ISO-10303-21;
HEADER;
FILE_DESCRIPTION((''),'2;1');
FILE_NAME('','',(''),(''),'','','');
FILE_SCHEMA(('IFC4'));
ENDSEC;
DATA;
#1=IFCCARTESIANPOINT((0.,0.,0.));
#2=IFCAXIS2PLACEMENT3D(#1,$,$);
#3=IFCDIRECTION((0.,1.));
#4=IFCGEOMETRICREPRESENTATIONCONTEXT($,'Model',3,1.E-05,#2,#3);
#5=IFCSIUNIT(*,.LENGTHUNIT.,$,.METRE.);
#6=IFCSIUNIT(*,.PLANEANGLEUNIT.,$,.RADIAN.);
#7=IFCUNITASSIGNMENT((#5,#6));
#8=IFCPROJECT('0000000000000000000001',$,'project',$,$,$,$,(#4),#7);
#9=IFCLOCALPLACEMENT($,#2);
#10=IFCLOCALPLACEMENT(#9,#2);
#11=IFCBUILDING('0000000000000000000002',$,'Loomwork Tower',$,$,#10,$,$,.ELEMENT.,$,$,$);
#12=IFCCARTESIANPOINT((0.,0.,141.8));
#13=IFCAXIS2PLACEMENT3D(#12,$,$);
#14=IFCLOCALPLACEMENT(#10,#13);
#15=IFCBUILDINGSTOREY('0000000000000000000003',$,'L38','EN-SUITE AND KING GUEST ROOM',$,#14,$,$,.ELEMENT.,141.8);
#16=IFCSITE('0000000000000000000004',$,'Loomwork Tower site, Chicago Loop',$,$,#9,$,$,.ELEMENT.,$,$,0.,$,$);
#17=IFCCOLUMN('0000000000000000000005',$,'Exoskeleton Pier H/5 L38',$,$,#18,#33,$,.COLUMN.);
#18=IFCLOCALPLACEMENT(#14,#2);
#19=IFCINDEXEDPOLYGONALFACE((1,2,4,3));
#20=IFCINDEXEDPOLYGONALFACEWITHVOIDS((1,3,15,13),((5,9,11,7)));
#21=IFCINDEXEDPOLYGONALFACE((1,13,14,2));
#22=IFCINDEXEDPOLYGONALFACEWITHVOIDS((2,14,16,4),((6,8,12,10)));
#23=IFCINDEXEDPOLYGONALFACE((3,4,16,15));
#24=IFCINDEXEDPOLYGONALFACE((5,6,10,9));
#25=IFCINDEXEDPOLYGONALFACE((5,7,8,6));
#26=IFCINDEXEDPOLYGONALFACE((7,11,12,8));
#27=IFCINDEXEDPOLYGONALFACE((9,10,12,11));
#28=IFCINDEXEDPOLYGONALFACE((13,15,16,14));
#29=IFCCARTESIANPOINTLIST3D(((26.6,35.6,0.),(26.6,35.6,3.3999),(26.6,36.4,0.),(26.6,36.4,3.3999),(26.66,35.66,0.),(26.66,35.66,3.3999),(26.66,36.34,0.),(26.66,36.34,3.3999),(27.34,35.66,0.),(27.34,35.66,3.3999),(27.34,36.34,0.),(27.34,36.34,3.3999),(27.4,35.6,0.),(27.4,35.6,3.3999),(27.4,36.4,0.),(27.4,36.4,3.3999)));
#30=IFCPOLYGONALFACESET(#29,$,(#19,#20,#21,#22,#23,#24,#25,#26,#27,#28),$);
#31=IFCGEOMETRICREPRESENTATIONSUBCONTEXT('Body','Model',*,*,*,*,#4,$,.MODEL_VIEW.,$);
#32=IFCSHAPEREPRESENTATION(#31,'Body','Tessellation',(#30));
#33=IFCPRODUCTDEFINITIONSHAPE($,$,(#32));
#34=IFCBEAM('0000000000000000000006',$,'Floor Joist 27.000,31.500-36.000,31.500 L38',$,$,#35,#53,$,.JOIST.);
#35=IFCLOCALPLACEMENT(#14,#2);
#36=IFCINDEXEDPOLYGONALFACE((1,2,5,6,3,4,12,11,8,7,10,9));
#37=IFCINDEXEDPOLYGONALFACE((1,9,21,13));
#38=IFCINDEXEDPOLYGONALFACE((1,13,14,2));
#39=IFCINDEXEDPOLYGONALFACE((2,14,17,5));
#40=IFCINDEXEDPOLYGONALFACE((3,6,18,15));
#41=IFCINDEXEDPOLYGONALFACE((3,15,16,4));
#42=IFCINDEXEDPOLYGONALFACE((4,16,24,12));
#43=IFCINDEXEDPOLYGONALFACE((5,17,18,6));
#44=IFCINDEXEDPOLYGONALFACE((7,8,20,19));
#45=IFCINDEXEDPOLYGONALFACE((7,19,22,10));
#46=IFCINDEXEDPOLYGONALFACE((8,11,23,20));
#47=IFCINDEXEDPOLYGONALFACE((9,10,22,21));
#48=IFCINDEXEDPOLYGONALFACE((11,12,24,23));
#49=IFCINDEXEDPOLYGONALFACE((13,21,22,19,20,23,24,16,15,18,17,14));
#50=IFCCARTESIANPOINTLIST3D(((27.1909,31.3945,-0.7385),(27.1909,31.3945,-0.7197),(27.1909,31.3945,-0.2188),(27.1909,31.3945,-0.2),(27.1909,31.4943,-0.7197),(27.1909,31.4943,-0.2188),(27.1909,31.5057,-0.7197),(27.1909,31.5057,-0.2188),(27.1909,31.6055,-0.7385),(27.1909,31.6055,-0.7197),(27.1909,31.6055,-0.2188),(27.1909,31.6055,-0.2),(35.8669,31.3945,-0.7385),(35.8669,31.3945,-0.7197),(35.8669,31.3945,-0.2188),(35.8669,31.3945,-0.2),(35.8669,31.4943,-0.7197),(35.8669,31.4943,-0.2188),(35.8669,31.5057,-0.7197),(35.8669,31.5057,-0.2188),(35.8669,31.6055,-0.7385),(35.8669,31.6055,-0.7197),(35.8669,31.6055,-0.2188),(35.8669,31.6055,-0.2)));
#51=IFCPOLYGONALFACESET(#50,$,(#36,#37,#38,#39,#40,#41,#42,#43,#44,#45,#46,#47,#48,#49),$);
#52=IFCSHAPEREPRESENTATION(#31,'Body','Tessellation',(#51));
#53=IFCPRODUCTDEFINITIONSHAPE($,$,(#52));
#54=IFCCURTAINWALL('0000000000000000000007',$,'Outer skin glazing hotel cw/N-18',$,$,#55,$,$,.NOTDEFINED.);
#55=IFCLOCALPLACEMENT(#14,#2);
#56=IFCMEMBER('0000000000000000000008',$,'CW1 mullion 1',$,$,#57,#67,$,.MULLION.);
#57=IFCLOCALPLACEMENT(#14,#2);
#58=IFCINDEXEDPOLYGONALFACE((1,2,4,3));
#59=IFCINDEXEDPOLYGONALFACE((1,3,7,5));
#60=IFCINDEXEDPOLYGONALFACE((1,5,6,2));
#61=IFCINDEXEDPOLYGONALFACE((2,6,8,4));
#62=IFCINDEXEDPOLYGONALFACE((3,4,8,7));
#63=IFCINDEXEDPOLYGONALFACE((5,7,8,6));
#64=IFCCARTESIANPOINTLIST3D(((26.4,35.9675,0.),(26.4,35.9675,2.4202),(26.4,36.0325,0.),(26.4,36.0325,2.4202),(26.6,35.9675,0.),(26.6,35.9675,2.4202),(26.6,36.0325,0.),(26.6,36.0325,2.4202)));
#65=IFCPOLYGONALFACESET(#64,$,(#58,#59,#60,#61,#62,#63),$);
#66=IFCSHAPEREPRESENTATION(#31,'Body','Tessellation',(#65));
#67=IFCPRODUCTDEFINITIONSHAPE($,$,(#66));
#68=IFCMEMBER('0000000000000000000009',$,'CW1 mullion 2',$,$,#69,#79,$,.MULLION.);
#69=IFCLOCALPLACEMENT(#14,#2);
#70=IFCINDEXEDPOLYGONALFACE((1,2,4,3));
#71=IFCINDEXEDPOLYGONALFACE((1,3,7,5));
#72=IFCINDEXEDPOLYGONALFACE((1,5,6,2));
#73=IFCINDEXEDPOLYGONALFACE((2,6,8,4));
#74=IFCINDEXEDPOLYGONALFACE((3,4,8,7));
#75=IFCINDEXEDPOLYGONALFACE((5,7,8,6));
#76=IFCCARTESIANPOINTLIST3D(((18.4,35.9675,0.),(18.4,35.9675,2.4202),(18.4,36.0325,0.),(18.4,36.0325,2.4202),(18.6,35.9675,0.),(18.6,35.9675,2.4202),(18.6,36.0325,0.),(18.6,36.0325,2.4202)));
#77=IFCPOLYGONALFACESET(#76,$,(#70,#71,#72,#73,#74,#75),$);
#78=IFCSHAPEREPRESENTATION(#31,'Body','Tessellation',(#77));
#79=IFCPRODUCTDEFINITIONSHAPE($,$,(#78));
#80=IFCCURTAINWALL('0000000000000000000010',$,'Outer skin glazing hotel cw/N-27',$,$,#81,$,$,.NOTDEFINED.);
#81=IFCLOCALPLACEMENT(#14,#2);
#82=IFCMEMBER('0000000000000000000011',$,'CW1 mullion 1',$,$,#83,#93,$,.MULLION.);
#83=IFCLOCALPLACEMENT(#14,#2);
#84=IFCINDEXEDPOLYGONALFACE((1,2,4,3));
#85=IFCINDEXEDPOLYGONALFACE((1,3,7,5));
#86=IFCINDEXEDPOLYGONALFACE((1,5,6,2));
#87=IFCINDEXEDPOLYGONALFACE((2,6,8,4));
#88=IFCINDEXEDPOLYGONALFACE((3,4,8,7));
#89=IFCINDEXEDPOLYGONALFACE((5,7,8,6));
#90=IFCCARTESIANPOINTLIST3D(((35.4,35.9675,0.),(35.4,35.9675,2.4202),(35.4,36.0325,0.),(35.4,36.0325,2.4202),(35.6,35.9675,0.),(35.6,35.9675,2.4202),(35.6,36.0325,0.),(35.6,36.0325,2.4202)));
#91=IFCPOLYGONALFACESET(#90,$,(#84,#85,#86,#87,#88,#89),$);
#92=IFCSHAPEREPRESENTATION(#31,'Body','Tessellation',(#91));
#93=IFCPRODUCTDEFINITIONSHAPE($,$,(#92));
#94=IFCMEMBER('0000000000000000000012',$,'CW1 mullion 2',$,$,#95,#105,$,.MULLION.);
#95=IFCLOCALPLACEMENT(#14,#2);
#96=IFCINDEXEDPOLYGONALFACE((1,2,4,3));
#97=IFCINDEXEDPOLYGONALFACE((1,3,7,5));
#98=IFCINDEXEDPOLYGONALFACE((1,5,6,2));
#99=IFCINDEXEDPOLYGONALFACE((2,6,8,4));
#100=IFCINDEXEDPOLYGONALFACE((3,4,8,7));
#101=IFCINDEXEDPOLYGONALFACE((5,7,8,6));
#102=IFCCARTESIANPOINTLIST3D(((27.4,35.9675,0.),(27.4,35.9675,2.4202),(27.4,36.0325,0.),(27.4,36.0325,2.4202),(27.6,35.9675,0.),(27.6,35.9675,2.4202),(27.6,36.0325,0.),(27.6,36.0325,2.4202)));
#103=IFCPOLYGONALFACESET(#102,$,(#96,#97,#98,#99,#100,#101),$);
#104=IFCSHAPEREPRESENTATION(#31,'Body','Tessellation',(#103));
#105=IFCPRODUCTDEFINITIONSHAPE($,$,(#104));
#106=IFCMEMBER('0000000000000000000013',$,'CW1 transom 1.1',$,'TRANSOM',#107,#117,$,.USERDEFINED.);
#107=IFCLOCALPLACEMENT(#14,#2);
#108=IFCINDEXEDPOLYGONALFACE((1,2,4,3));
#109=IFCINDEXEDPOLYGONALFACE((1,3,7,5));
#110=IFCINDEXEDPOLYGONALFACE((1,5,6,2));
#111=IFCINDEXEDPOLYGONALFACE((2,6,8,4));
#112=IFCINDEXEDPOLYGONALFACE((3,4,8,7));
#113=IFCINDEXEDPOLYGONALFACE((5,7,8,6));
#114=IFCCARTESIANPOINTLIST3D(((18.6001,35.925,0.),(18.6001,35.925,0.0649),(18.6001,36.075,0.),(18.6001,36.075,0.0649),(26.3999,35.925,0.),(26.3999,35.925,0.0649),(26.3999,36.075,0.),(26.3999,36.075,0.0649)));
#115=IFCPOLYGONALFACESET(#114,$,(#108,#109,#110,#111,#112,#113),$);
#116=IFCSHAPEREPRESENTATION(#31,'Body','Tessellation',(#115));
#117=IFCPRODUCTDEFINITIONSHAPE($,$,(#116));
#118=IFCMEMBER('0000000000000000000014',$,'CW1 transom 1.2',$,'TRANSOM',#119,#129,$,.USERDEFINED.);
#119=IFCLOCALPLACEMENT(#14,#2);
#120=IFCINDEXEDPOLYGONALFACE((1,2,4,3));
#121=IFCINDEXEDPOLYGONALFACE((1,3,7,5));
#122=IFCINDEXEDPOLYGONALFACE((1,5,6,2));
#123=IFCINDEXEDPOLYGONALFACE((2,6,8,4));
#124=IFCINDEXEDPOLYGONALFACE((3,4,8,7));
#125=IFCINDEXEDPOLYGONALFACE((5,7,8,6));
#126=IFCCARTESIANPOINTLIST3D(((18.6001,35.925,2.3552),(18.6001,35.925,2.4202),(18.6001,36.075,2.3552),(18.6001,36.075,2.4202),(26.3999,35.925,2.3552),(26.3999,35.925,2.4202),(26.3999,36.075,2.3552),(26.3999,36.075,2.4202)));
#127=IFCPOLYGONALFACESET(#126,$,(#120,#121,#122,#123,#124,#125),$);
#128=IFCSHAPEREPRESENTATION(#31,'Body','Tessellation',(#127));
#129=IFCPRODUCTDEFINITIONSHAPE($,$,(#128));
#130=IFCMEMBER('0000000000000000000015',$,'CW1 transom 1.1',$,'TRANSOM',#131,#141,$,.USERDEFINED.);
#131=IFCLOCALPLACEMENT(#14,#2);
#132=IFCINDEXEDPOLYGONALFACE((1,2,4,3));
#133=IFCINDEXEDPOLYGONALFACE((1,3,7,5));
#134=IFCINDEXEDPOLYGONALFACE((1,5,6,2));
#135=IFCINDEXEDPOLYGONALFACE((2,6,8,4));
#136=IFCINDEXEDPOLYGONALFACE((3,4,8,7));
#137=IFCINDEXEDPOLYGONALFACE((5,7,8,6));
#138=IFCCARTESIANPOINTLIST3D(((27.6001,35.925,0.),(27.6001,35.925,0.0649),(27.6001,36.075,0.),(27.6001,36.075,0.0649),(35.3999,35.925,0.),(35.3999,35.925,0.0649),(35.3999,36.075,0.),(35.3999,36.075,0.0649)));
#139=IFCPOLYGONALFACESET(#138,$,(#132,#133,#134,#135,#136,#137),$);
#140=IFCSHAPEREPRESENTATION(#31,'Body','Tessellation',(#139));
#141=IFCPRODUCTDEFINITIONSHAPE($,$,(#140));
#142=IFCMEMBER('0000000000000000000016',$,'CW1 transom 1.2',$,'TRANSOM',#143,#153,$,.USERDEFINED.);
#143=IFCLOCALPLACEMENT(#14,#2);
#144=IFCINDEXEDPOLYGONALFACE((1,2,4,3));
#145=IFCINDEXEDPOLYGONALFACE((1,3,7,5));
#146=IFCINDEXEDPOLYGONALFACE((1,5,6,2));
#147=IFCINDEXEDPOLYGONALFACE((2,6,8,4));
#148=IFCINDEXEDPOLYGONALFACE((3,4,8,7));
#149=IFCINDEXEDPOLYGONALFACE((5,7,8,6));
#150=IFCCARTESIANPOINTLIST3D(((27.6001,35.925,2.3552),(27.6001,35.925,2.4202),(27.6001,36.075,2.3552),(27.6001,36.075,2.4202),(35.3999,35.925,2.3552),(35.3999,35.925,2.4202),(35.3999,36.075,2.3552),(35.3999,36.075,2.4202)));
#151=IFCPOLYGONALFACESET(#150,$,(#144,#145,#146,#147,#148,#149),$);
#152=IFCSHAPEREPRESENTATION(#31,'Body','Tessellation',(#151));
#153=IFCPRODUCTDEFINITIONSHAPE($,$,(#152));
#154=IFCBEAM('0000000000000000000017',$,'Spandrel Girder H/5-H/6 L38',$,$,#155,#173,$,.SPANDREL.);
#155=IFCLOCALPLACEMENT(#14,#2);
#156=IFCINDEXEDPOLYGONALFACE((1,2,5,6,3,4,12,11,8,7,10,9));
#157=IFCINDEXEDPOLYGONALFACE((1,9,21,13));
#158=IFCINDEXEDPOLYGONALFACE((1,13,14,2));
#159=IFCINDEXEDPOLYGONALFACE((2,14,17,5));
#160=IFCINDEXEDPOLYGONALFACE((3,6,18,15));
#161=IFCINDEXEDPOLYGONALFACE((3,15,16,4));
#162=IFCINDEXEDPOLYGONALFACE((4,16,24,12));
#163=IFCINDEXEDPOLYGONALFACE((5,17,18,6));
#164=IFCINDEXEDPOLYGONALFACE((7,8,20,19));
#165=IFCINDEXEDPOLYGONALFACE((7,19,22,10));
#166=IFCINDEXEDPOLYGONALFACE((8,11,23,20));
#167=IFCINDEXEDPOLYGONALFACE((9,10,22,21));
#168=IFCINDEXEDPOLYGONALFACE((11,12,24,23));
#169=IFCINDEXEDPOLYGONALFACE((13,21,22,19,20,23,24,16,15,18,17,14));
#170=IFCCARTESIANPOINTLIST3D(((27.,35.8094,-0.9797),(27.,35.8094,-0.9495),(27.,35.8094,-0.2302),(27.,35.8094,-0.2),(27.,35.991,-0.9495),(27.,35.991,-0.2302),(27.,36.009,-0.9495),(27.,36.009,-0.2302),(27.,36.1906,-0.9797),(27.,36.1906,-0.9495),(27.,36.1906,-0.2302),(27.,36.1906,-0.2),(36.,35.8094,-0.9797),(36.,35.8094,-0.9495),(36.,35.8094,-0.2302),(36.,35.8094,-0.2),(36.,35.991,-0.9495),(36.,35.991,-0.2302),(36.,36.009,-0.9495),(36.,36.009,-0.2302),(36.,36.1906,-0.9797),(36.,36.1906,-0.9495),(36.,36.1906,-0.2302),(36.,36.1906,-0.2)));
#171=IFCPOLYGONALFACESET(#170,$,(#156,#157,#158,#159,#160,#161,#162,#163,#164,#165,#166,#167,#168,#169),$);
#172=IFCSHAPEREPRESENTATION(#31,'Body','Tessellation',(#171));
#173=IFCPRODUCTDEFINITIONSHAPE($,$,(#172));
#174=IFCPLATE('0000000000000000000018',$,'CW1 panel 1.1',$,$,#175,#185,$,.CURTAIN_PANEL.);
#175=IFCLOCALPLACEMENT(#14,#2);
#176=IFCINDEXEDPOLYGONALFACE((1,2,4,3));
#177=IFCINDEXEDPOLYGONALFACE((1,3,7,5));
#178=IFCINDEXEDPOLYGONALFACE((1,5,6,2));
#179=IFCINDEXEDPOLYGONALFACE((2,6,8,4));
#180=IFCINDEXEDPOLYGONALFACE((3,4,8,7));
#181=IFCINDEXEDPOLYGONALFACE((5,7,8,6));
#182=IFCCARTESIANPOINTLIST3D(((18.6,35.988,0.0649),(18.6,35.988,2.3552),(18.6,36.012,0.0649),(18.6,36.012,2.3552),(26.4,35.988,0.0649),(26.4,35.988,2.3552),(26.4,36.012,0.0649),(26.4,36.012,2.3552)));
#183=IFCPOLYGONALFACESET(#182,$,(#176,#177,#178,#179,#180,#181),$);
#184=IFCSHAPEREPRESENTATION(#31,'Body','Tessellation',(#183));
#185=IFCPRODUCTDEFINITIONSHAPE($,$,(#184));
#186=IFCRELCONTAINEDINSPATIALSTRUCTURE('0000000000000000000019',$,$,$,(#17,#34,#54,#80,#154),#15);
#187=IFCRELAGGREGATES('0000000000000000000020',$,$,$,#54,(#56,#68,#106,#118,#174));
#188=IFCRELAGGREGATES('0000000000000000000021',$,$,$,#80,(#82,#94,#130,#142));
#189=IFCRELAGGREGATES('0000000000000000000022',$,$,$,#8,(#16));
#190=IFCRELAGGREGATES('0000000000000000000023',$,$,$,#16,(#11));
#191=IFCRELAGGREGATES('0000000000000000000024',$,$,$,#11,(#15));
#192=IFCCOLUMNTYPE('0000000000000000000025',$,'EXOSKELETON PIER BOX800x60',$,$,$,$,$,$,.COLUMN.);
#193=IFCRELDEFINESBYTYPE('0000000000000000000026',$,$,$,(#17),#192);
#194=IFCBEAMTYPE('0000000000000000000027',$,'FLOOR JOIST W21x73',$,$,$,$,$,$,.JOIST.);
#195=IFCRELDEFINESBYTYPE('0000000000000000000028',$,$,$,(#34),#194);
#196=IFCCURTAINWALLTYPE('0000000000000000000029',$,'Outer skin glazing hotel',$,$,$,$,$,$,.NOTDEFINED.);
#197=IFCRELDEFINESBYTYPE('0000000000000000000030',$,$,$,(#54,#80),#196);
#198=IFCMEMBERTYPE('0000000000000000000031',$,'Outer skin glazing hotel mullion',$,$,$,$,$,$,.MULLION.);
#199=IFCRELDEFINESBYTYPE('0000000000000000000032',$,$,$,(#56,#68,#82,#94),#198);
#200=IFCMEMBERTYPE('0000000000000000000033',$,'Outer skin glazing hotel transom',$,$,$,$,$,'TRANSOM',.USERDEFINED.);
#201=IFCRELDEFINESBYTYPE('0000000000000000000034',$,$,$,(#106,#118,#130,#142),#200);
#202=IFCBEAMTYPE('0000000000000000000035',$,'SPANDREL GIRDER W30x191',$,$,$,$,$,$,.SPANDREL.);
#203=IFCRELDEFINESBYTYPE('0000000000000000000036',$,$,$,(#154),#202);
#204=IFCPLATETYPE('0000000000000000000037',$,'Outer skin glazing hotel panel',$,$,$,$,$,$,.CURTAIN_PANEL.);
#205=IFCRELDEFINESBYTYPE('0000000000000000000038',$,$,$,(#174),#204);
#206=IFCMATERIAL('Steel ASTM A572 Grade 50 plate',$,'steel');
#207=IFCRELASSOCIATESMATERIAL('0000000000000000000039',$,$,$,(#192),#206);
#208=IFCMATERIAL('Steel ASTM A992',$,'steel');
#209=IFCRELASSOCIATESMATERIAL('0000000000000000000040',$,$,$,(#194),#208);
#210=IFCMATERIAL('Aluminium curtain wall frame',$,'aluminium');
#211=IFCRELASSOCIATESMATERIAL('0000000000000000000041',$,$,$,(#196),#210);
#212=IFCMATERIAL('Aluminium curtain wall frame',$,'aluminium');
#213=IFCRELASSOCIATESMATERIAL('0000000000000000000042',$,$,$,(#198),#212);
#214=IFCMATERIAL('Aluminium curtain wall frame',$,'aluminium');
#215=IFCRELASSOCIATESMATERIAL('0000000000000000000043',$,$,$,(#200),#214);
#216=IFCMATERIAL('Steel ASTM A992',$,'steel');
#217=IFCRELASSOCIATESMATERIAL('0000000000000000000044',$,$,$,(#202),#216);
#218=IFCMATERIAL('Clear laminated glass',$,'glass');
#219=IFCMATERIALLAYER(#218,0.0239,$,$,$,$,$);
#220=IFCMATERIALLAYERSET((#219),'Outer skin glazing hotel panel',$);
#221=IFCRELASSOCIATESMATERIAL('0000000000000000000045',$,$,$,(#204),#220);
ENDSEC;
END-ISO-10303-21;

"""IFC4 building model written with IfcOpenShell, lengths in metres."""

from ifc_helpers import new_model, si_unit, direction, frame, origin, origin_2d, place, context, subcontext, project, spatial, rectangle, hollow_rectangle, i_section, extrude, material, layer, layer_set, material_profile, profile_set, type_object, element, aggregate, save


model = new_model("IFC4")

# Units and contexts
model_context = context("Model", 3, precision=1e-05, world=origin(), true_north=direction((0.0, 1.0)))
body_context = subcontext(model_context, "Body", "Model", "MODEL_VIEW")
ifc_project = project(units=[si_unit("LENGTHUNIT", "METRE"), si_unit("PLANEANGLEUNIT", "RADIAN")], contexts=[model_context])

# Site, building, storey
site_placement = place(None, origin())
site = spatial("IfcSite", under=ifc_project, at=site_placement, Name="Loomwork Tower site, Chicago Loop", CompositionType="ELEMENT", RefElevation=0.0)
building_placement = place(site_placement, origin())
building = spatial("IfcBuilding", under=site, at=building_placement, Name="Loomwork Tower", CompositionType="ELEMENT")
storey_placement = place(building_placement, frame((0.0, 0.0, 141.8)))
storey = spatial("IfcBuildingStorey", under=building, at=storey_placement, Name="L38", Description="EN-SUITE AND KING GUEST ROOM", CompositionType="ELEMENT", Elevation=141.8)

# Column
ifc_material_1 = material(Name="Steel ASTM A572 Grade 50 plate", Category="steel")
ifc_material_profile_1 = material_profile(ifc_material_1, hollow_rectangle(XDim=0.8, YDim=0.8, WallThickness=0.0601, at=origin_2d()), Name="BOX800x60")
ifc_profile_set_1 = profile_set([ifc_material_profile_1], Name="Steel ASTM A572 Grade 50 plate")
column_type = type_object("IfcColumnType", Name="EXOSKELETON PIER BOX800x60", PredefinedType="COLUMN", material=ifc_profile_set_1)
column_placement = place(storey_placement, frame((27.0, 36.0, 0.0), z_axis=(0.0, 0.0, 1.0), x_axis=(1.0, 0.0, 0.0)))
element("IfcColumn", 1, at=column_placement, inside=storey, type_object=column_type, Name="Exoskeleton Pier H/5 L38", PredefinedType="COLUMN", context=body_context, shape_type="SweptSolid", body=[
    extrude(hollow_rectangle(XDim=0.8, YDim=0.8, WallThickness=0.0601, at=origin_2d()), origin(), (0.0, 0.0, 1.0), 3.3999),
])

# Beam
ifc_material_2 = material(Name="Steel ASTM A992", Category="steel")
ifc_material_profile_2 = material_profile(ifc_material_2, i_section(OverallWidth=0.2109, OverallDepth=0.5386, WebThickness=0.0115, FlangeThickness=0.0188, at=origin_2d()), Name="W21x73")
ifc_profile_set_2 = profile_set([ifc_material_profile_2], Name="Steel ASTM A992")
beam_type_1 = type_object("IfcBeamType", Name="FLOOR JOIST W21x73", PredefinedType="JOIST", material=ifc_profile_set_2)
beam_1_placement = place(storey_placement, frame((27.1909, 31.5, -0.4692), z_axis=(1.0, 0.0, 0.0), x_axis=(0.0, 1.0, 0.0)))
element("IfcBeam", 2, at=beam_1_placement, inside=storey, type_object=beam_type_1, Name="Floor Joist 27.000,31.500-36.000,31.500 L38", PredefinedType="JOIST", context=body_context, shape_type="SweptSolid", body=[
    extrude(i_section(OverallWidth=0.2109, OverallDepth=0.5386, WebThickness=0.0115, FlangeThickness=0.0188, at=origin_2d()), origin(), (0.0, 0.0, 1.0), 8.676),
])

# Curtain walls, members
ifc_material_3 = material(Name="Aluminium curtain wall frame", Category="aluminium")
curtain_wall_type = type_object("IfcCurtainWallType", Name="Outer skin glazing hotel", PredefinedType="NOTDEFINED", material=ifc_material_3)
curtain_wall_1_placement = place(storey_placement, origin())
curtain_wall_1 = element("IfcCurtainWall", 3, at=curtain_wall_1_placement, inside=storey, type_object=curtain_wall_type, Name="Outer skin glazing hotel cw/N-18", PredefinedType="NOTDEFINED")
ifc_material_4 = material(Name="Aluminium curtain wall frame", Category="aluminium")
ifc_material_profile_3 = material_profile(ifc_material_4, rectangle(XDim=0.0649, YDim=0.2, at=origin_2d()), Name="AL 65x200")
ifc_profile_set_3 = profile_set([ifc_material_profile_3], Name="Aluminium curtain wall frame")
member_type_1 = type_object("IfcMemberType", Name="Outer skin glazing hotel mullion", PredefinedType="MULLION", material=ifc_profile_set_3)
member_1_placement = place(storey_placement, frame((26.5, 36.0, 0.0), z_axis=(0.0, 0.0, 1.0), x_axis=(0.0, -1.0, 0.0)))
member_1 = element("IfcMember", 4, at=member_1_placement, type_object=member_type_1, Name="CW1 mullion 1", PredefinedType="MULLION", context=body_context, shape_type="SweptSolid", body=[
    extrude(rectangle(XDim=0.0649, YDim=0.2, at=origin_2d()), origin(), (0.0, 0.0, 1.0), 2.4202),
])
member_2_placement = place(storey_placement, frame((18.5, 36.0, 0.0), z_axis=(0.0, 0.0, 1.0), x_axis=(0.0, -1.0, 0.0)))
member_2 = element("IfcMember", 5, at=member_2_placement, type_object=member_type_1, Name="CW1 mullion 2", PredefinedType="MULLION", context=body_context, shape_type="SweptSolid", body=[
    extrude(rectangle(XDim=0.0649, YDim=0.2, at=origin_2d()), origin(), (0.0, 0.0, 1.0), 2.4202),
])
curtain_wall_2_placement = place(storey_placement, origin())
curtain_wall_2 = element("IfcCurtainWall", 6, at=curtain_wall_2_placement, inside=storey, type_object=curtain_wall_type, Name="Outer skin glazing hotel cw/N-27", PredefinedType="NOTDEFINED")
member_3_placement = place(storey_placement, frame((35.5, 36.0, 0.0), z_axis=(0.0, 0.0, 1.0), x_axis=(0.0, -1.0, 0.0)))
member_3 = element("IfcMember", 7, at=member_3_placement, type_object=member_type_1, Name="CW1 mullion 1", PredefinedType="MULLION", context=body_context, shape_type="SweptSolid", body=[
    extrude(rectangle(XDim=0.0649, YDim=0.2, at=origin_2d()), origin(), (0.0, 0.0, 1.0), 2.4202),
])
member_4_placement = place(storey_placement, frame((27.5, 36.0, 0.0), z_axis=(0.0, 0.0, 1.0), x_axis=(0.0, -1.0, 0.0)))
member_4 = element("IfcMember", 8, at=member_4_placement, type_object=member_type_1, Name="CW1 mullion 2", PredefinedType="MULLION", context=body_context, shape_type="SweptSolid", body=[
    extrude(rectangle(XDim=0.0649, YDim=0.2, at=origin_2d()), origin(), (0.0, 0.0, 1.0), 2.4202),
])

# Members
ifc_material_5 = material(Name="Aluminium curtain wall frame", Category="aluminium")
ifc_material_profile_4 = material_profile(ifc_material_5, rectangle(XDim=0.1499, YDim=0.0649, at=origin_2d()), Name="AL 65x150")
ifc_profile_set_4 = profile_set([ifc_material_profile_4], Name="Aluminium curtain wall frame")
member_type_2 = type_object("IfcMemberType", Name="Outer skin glazing hotel transom", ElementType="TRANSOM", PredefinedType="USERDEFINED", material=ifc_profile_set_4)
member_5_placement = place(storey_placement, frame((26.3999, 36.0, 0.0325), z_axis=(-1.0, 0.0, 0.0), x_axis=(0.0, -1.0, 0.0)))
member_5 = element("IfcMember", 9, at=member_5_placement, type_object=member_type_2, Name="CW1 transom 1.1", ObjectType="TRANSOM", PredefinedType="USERDEFINED", context=body_context, shape_type="SweptSolid", body=[
    extrude(rectangle(XDim=0.1499, YDim=0.0649, at=origin_2d()), origin(), (0.0, 0.0, 1.0), 7.7998),
])
member_6_placement = place(storey_placement, frame((26.3999, 36.0, 2.3877), z_axis=(-1.0, 0.0, 0.0), x_axis=(0.0, -1.0, 0.0)))
member_6 = element("IfcMember", 10, at=member_6_placement, type_object=member_type_2, Name="CW1 transom 1.2", ObjectType="TRANSOM", PredefinedType="USERDEFINED", context=body_context, shape_type="SweptSolid", body=[
    extrude(rectangle(XDim=0.1499, YDim=0.0649, at=origin_2d()), origin(), (0.0, 0.0, 1.0), 7.7998),
])
member_7_placement = place(storey_placement, frame((35.3999, 36.0, 0.0325), z_axis=(-1.0, 0.0, 0.0), x_axis=(0.0, -1.0, 0.0)))
member_7 = element("IfcMember", 11, at=member_7_placement, type_object=member_type_2, Name="CW1 transom 1.1", ObjectType="TRANSOM", PredefinedType="USERDEFINED", context=body_context, shape_type="SweptSolid", body=[
    extrude(rectangle(XDim=0.1499, YDim=0.0649, at=origin_2d()), origin(), (0.0, 0.0, 1.0), 7.7998),
])
member_8_placement = place(storey_placement, frame((35.3999, 36.0, 2.3877), z_axis=(-1.0, 0.0, 0.0), x_axis=(0.0, -1.0, 0.0)))
member_8 = element("IfcMember", 12, at=member_8_placement, type_object=member_type_2, Name="CW1 transom 1.2", ObjectType="TRANSOM", PredefinedType="USERDEFINED", context=body_context, shape_type="SweptSolid", body=[
    extrude(rectangle(XDim=0.1499, YDim=0.0649, at=origin_2d()), origin(), (0.0, 0.0, 1.0), 7.7998),
])

# Beam
ifc_material_6 = material(Name="Steel ASTM A992", Category="steel")
ifc_material_profile_5 = material_profile(ifc_material_6, i_section(OverallWidth=0.3811, OverallDepth=0.7798, WebThickness=0.0181, FlangeThickness=0.0303, at=origin_2d()), Name="W30x191")
ifc_profile_set_5 = profile_set([ifc_material_profile_5], Name="Steel ASTM A992")
beam_type_2 = type_object("IfcBeamType", Name="SPANDREL GIRDER W30x191", PredefinedType="SPANDREL", material=ifc_profile_set_5)
beam_2_placement = place(storey_placement, frame((27.0, 36.0, -0.5898), z_axis=(1.0, 0.0, 0.0), x_axis=(0.0, 1.0, 0.0)))
element("IfcBeam", 13, at=beam_2_placement, inside=storey, type_object=beam_type_2, Name="Spandrel Girder H/5-H/6 L38", PredefinedType="SPANDREL", context=body_context, shape_type="SweptSolid", body=[
    extrude(i_section(OverallWidth=0.3811, OverallDepth=0.7798, WebThickness=0.0181, FlangeThickness=0.0303, at=origin_2d()), origin(), (0.0, 0.0, 1.0), 9.0),
])

# Plate
ifc_material_7 = material(Name="Clear laminated glass", Category="glass")
ifc_layer_1 = layer(ifc_material_7, 0.0239)
ifc_layer_set_1 = layer_set([ifc_layer_1], Name="Outer skin glazing hotel panel")
plate_type = type_object("IfcPlateType", Name="Outer skin glazing hotel panel", PredefinedType="CURTAIN_PANEL", material=ifc_layer_set_1)
plate_1_placement = place(storey_placement, frame((22.5, 36.0, 0.0649), z_axis=(0.0, 0.0, 1.0), x_axis=(-1.0, 0.0, 0.0)))
plate_1 = element("IfcPlate", 14, at=plate_1_placement, type_object=plate_type, Name="CW1 panel 1.1", PredefinedType="CURTAIN_PANEL", context=body_context, shape_type="SweptSolid", body=[
    extrude(rectangle(XDim=7.8, YDim=0.0239, at=origin_2d()), origin(), (0.0, 0.0, 1.0), 2.2903),
])
aggregate(curtain_wall_1, [member_1, member_2, member_5, member_6, plate_1])
aggregate(curtain_wall_2, [member_3, member_4, member_7, member_8])

save(model, "model.ifc")
